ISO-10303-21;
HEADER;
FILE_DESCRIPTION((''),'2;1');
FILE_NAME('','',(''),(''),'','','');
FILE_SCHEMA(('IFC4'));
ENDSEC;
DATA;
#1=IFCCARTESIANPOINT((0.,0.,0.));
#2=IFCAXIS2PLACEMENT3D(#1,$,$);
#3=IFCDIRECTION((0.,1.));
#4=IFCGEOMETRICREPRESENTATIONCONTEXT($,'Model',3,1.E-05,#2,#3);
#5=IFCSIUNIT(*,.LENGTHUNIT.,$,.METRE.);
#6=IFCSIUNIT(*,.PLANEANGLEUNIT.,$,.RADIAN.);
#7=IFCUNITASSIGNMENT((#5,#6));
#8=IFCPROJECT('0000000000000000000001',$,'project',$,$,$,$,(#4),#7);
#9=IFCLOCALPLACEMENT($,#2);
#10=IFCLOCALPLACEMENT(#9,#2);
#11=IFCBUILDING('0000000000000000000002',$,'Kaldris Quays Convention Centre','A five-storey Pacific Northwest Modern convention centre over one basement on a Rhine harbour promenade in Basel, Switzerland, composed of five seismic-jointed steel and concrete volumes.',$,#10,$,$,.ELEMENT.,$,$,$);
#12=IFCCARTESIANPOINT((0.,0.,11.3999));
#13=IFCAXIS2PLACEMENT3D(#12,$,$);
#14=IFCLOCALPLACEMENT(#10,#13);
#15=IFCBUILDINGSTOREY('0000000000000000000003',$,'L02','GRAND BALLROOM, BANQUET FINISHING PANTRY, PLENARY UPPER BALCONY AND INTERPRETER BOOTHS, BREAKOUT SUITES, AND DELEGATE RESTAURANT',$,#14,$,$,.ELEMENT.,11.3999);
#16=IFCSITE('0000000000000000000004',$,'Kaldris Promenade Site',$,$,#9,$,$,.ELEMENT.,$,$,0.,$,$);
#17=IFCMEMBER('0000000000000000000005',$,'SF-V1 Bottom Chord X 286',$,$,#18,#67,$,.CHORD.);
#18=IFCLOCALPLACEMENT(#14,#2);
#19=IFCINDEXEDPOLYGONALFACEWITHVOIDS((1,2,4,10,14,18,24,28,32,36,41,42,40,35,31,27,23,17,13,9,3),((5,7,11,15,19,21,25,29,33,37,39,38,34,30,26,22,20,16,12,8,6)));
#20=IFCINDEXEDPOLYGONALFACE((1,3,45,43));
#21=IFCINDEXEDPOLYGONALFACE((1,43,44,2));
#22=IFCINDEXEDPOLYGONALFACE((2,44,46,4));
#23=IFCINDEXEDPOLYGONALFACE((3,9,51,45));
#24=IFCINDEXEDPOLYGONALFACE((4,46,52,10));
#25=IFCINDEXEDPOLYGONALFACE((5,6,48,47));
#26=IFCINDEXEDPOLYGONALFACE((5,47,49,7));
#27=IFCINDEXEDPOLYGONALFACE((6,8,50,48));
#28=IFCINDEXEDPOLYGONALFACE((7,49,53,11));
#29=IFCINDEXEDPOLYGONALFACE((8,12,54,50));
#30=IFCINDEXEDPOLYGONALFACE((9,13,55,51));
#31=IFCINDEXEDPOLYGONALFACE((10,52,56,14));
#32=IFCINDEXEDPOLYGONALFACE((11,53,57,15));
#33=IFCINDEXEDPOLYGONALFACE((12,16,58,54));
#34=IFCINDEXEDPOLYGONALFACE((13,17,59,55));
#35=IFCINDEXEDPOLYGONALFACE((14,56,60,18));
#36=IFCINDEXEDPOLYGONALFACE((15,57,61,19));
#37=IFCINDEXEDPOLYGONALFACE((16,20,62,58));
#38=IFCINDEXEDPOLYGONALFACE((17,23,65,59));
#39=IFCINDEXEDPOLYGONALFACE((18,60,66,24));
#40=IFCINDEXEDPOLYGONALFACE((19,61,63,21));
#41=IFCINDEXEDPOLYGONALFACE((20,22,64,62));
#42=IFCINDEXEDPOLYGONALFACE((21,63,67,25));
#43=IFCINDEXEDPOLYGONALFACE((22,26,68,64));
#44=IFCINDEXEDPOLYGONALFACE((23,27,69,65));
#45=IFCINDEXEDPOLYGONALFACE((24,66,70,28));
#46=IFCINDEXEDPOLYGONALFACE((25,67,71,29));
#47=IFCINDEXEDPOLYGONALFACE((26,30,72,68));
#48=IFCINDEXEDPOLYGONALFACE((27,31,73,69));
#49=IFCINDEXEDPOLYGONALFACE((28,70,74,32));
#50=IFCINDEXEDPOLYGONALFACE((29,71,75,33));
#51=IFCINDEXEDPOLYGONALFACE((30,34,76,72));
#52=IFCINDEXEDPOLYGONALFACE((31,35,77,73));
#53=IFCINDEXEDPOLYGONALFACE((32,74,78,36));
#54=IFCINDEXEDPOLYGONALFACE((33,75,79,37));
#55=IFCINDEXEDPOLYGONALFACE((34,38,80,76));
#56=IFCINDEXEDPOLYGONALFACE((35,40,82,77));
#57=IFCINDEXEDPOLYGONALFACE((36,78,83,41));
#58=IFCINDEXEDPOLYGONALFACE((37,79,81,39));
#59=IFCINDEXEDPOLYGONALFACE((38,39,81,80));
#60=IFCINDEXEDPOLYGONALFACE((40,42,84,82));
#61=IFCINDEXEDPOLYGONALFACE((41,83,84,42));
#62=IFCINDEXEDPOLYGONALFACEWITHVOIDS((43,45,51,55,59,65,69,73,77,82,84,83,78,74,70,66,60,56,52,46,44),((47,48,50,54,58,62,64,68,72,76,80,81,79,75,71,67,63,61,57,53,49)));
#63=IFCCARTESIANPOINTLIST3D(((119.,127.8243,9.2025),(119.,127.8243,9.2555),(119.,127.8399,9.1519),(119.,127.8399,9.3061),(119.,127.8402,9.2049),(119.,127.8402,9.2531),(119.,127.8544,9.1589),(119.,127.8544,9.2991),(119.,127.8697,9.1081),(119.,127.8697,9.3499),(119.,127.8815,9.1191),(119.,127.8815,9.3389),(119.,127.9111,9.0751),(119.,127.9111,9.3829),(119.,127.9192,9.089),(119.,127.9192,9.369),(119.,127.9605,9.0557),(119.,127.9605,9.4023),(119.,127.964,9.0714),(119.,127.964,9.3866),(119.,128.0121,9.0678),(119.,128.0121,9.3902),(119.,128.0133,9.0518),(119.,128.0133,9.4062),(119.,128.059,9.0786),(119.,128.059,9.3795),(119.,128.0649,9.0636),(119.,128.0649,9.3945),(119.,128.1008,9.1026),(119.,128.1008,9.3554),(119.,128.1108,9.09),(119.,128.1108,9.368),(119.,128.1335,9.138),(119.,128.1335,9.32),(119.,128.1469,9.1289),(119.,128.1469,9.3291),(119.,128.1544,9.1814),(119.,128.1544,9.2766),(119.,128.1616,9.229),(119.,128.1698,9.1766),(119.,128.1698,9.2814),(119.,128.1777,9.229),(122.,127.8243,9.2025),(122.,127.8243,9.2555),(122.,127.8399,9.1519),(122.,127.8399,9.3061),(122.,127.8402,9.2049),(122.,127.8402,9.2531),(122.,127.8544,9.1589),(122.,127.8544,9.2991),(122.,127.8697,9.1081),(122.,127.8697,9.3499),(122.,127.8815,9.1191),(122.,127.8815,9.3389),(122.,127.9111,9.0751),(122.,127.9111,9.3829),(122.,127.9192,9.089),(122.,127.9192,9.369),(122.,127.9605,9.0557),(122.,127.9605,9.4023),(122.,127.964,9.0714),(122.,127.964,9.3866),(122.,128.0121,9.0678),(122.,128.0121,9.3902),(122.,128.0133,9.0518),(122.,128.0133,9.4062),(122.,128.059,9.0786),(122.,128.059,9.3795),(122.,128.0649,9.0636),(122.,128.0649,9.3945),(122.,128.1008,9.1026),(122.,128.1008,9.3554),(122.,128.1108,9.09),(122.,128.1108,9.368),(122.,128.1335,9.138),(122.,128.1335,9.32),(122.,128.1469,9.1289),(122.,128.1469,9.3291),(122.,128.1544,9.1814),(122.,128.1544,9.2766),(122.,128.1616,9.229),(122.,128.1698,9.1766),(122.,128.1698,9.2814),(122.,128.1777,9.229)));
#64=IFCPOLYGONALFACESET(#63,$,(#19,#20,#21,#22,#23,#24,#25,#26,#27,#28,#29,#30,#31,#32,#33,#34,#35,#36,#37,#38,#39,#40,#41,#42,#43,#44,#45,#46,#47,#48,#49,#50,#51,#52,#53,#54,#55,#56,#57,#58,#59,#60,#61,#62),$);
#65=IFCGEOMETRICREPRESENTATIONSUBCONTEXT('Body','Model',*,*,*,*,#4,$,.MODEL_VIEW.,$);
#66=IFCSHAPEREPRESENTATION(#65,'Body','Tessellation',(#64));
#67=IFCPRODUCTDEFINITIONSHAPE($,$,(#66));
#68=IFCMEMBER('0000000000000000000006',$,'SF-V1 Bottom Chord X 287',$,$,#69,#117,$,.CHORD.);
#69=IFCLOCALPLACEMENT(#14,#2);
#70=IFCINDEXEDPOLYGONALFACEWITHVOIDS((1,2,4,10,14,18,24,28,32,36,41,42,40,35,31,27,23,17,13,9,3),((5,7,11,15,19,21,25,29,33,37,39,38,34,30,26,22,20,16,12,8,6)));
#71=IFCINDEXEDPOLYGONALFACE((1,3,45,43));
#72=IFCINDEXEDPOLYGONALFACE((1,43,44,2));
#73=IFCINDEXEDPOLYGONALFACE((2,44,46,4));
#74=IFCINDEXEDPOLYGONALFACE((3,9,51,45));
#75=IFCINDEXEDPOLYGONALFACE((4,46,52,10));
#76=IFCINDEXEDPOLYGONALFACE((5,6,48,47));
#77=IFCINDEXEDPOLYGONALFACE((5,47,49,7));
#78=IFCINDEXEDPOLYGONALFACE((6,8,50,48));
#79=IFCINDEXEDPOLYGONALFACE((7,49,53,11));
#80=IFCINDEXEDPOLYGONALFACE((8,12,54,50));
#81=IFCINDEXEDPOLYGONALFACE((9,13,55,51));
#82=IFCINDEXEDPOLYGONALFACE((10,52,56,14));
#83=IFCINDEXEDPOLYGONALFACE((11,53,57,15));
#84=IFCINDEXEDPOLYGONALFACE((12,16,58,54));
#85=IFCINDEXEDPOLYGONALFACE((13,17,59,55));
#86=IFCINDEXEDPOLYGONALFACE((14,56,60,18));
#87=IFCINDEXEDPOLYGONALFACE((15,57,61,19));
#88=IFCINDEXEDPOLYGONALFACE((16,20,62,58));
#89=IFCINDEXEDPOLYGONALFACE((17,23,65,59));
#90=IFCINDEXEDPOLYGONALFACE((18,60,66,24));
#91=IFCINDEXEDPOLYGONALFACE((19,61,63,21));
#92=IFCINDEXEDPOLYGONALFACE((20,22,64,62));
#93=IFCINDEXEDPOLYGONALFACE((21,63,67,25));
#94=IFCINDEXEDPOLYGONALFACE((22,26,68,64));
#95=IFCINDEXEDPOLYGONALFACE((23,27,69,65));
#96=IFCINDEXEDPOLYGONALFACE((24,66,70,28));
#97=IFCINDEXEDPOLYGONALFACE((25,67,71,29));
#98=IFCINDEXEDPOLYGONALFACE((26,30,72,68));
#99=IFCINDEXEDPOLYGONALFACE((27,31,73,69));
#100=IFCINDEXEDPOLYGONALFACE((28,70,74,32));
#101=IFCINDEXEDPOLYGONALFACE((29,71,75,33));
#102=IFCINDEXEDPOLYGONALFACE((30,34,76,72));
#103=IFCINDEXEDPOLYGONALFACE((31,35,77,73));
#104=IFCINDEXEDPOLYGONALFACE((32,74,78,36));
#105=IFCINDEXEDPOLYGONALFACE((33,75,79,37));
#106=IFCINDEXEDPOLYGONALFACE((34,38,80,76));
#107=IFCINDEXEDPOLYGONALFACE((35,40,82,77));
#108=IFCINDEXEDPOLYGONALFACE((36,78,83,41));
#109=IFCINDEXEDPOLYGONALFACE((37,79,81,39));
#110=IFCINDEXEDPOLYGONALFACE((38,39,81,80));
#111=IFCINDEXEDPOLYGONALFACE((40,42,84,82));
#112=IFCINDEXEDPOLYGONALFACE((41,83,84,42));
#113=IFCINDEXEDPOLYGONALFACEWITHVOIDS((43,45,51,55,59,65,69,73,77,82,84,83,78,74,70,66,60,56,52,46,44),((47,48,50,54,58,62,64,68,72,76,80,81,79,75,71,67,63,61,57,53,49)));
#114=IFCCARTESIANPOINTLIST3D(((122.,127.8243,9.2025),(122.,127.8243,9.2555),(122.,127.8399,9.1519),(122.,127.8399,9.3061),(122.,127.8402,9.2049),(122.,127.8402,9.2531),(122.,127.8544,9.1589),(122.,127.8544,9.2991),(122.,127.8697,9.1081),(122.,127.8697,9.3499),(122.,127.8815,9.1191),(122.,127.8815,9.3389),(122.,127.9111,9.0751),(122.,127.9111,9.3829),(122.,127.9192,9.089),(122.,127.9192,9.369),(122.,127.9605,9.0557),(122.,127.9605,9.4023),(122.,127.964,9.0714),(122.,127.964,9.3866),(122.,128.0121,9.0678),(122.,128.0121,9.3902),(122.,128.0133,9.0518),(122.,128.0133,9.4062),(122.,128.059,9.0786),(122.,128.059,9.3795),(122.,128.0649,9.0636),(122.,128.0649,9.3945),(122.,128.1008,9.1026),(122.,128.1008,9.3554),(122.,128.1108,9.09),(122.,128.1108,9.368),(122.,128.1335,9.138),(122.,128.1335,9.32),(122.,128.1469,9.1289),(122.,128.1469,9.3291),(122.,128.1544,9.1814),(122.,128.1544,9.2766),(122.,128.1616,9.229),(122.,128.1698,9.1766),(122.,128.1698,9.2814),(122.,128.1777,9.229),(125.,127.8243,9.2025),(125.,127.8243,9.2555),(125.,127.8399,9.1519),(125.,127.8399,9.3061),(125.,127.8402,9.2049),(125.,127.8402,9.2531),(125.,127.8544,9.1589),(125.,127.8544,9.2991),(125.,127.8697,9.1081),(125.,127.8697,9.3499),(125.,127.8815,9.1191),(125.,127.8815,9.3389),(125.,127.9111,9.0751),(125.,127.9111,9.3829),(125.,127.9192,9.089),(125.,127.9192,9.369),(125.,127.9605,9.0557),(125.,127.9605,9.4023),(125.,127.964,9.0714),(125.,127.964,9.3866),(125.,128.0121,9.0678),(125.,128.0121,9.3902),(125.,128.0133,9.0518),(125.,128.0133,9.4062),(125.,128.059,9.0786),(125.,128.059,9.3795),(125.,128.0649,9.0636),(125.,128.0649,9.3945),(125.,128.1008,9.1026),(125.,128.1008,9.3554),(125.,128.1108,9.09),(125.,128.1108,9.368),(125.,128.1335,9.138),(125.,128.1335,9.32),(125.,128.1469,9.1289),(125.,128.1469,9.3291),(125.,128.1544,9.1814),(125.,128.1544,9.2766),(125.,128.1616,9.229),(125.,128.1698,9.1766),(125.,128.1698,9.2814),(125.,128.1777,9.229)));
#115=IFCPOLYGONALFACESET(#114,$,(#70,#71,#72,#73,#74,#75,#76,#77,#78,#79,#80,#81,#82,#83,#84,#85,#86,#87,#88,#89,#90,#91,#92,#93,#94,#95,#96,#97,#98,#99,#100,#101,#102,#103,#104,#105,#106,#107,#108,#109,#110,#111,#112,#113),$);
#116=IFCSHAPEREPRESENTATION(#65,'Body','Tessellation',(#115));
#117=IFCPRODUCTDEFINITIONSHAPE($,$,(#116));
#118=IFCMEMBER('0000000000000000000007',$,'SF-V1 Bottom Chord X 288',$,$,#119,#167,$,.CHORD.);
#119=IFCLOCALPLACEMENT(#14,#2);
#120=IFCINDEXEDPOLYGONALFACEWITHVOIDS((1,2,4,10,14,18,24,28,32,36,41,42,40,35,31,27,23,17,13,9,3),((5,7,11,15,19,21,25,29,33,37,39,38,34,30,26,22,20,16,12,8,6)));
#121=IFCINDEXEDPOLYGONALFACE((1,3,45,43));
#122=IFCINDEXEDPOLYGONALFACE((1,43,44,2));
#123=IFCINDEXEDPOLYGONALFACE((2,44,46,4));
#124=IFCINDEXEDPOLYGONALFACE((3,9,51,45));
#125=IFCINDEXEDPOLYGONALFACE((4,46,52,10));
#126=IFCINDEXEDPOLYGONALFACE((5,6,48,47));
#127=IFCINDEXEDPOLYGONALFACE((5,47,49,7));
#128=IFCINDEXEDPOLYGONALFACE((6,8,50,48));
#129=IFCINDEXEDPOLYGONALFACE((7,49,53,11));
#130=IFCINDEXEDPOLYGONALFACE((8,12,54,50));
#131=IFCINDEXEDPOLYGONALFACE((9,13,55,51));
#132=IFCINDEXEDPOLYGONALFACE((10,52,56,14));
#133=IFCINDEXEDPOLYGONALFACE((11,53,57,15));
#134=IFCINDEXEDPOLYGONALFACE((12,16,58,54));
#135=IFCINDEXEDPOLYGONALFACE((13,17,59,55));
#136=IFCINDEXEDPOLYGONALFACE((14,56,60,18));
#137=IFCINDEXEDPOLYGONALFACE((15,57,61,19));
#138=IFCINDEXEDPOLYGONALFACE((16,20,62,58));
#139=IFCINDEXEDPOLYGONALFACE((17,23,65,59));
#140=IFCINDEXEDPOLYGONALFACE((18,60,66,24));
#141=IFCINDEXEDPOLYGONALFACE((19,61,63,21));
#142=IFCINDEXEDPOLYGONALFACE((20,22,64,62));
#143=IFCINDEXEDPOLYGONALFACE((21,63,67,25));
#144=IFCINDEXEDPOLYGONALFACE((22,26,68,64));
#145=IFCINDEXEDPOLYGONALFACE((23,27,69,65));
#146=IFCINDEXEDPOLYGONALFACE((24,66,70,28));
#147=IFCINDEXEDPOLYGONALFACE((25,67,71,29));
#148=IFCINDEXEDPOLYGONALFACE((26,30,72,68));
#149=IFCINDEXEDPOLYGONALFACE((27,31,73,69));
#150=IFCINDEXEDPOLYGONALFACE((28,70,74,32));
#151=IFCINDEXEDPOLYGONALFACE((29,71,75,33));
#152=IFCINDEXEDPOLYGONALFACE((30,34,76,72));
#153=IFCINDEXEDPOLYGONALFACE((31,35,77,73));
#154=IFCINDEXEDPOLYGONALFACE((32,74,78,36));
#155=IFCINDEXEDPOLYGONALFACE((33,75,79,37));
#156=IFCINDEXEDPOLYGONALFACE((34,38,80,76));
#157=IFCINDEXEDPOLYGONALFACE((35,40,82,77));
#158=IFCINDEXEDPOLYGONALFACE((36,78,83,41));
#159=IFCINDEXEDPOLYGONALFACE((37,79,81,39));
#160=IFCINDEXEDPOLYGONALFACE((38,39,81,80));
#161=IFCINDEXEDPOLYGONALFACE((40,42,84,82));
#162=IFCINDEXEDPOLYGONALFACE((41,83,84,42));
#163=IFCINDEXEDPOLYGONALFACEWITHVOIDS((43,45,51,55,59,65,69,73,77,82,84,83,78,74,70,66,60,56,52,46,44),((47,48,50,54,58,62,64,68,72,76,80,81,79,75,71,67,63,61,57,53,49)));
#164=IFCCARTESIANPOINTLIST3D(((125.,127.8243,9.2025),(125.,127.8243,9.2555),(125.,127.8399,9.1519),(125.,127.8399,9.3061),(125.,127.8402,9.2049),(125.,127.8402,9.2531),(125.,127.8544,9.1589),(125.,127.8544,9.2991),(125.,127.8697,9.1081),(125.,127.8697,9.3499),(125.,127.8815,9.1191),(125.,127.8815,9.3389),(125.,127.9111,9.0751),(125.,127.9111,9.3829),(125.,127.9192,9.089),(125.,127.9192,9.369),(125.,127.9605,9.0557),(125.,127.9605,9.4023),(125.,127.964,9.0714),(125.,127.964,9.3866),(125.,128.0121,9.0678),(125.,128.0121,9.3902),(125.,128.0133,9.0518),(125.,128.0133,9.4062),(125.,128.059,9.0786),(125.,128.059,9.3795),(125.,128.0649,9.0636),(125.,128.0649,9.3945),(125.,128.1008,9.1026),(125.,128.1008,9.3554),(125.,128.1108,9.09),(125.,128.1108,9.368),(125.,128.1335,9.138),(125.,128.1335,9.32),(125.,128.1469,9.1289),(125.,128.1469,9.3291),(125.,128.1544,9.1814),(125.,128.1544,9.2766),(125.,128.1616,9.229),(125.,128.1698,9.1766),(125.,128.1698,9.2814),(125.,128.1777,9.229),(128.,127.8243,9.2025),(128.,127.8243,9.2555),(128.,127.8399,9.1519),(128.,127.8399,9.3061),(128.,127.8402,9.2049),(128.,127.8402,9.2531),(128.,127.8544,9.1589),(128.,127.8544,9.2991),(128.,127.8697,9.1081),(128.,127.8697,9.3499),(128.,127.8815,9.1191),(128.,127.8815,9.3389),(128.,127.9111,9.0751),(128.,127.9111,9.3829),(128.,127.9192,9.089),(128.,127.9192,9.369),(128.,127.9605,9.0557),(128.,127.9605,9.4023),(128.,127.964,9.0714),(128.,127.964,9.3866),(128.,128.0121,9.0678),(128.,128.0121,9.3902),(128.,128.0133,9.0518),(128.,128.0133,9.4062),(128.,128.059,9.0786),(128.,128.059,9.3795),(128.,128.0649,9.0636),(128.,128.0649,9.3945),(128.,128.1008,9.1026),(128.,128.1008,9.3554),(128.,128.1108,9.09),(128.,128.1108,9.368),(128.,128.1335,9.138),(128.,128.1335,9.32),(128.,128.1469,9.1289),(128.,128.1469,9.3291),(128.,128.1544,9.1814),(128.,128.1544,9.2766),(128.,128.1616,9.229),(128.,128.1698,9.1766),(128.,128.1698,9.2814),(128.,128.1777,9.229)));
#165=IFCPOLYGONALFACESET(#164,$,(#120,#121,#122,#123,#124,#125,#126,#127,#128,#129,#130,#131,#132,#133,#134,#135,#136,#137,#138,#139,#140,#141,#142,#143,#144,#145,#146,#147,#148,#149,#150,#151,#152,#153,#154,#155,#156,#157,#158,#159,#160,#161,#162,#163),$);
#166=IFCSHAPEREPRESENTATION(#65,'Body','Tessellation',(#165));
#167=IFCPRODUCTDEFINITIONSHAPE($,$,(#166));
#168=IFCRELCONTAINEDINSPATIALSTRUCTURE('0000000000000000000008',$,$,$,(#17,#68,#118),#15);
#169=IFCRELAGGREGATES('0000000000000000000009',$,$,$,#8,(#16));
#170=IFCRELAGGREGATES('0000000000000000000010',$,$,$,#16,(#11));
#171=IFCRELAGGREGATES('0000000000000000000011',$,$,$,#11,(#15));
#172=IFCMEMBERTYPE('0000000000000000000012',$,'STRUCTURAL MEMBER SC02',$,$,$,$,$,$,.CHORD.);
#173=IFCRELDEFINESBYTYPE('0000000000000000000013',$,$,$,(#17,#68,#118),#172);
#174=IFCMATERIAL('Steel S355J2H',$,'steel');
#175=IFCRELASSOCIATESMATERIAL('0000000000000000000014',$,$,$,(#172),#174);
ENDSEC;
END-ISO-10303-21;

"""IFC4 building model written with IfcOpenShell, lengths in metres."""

from ifc_helpers import new_model, si_unit, direction, frame, origin, origin_2d, place, context, subcontext, project, spatial, hollow_circle, extrude, material, material_profile, profile_set, type_object, element, save


model = new_model("IFC4")

# Units and contexts
model_context = context("Model", 3, precision=1e-05, world=origin(), true_north=direction((0.0, 1.0)))
body_context = subcontext(model_context, "Body", "Model", "MODEL_VIEW")
ifc_project = project(units=[si_unit("LENGTHUNIT", "METRE"), si_unit("PLANEANGLEUNIT", "RADIAN")], contexts=[model_context])

# Site, building, storey
site_placement = place(None, origin())
site = spatial("IfcSite", under=ifc_project, at=site_placement, Name="Kaldris Promenade Site", CompositionType="ELEMENT", RefElevation=0.0)
building_placement = place(site_placement, origin())
building = spatial("IfcBuilding", under=site, at=building_placement, Name="Kaldris Quays Convention Centre", Description="A five-storey Pacific Northwest Modern convention centre over one basement on a Rhine harbour promenade in Basel, Switzerland, composed of five seismic-jointed steel and concrete volumes.", CompositionType="ELEMENT")
storey_placement = place(building_placement, frame((0.0, 0.0, 11.3999)))
storey = spatial("IfcBuildingStorey", under=building, at=storey_placement, Name="L02", Description="GRAND BALLROOM, BANQUET FINISHING PANTRY, PLENARY UPPER BALCONY AND INTERPRETER BOOTHS, BREAKOUT SUITES, AND DELEGATE RESTAURANT", CompositionType="ELEMENT", Elevation=11.3999)

# Members
ifc_material_1 = material(Name="Steel S355J2H", Category="steel")
ifc_material_profile_1 = material_profile(ifc_material_1, hollow_circle(Radius=0.1777, WallThickness=0.0161, at=origin_2d()), Name="CHS 355.6x16")
ifc_profile_set_1 = profile_set([ifc_material_profile_1], Name="Steel S355J2H")
member_type_1 = type_object("IfcMemberType", Name="STRUCTURAL MEMBER SC02", PredefinedType="CHORD", material=ifc_profile_set_1)
for number, where, z_axis, x_axis, name in (
    (1, (119.0, 128.0, 9.229), (1.0, 0.0, 0.0), (0.0, 1.0, 0.0), "SF-V1 Bottom Chord X 286"),
    (2, (122.0, 128.0, 9.229), (1.0, 0.0, 0.0), (0.0, 1.0, 0.0), "SF-V1 Bottom Chord X 287"),
    (3, (125.0, 128.0, 9.229), (1.0, 0.0, 0.0), (0.0, 1.0, 0.0), "SF-V1 Bottom Chord X 288"),
):
    element("IfcMember", number, at=place(storey_placement, frame(where, z_axis=z_axis, x_axis=x_axis)), inside=storey, type_object=member_type_1, Name=name, PredefinedType="CHORD", context=body_context, shape_type="SweptSolid", body=[
        extrude(hollow_circle(Radius=0.1777, WallThickness=0.0161, at=origin_2d()), origin(), (0.0, 0.0, 1.0), 3.0),
    ])

save(model, "model.ifc")
